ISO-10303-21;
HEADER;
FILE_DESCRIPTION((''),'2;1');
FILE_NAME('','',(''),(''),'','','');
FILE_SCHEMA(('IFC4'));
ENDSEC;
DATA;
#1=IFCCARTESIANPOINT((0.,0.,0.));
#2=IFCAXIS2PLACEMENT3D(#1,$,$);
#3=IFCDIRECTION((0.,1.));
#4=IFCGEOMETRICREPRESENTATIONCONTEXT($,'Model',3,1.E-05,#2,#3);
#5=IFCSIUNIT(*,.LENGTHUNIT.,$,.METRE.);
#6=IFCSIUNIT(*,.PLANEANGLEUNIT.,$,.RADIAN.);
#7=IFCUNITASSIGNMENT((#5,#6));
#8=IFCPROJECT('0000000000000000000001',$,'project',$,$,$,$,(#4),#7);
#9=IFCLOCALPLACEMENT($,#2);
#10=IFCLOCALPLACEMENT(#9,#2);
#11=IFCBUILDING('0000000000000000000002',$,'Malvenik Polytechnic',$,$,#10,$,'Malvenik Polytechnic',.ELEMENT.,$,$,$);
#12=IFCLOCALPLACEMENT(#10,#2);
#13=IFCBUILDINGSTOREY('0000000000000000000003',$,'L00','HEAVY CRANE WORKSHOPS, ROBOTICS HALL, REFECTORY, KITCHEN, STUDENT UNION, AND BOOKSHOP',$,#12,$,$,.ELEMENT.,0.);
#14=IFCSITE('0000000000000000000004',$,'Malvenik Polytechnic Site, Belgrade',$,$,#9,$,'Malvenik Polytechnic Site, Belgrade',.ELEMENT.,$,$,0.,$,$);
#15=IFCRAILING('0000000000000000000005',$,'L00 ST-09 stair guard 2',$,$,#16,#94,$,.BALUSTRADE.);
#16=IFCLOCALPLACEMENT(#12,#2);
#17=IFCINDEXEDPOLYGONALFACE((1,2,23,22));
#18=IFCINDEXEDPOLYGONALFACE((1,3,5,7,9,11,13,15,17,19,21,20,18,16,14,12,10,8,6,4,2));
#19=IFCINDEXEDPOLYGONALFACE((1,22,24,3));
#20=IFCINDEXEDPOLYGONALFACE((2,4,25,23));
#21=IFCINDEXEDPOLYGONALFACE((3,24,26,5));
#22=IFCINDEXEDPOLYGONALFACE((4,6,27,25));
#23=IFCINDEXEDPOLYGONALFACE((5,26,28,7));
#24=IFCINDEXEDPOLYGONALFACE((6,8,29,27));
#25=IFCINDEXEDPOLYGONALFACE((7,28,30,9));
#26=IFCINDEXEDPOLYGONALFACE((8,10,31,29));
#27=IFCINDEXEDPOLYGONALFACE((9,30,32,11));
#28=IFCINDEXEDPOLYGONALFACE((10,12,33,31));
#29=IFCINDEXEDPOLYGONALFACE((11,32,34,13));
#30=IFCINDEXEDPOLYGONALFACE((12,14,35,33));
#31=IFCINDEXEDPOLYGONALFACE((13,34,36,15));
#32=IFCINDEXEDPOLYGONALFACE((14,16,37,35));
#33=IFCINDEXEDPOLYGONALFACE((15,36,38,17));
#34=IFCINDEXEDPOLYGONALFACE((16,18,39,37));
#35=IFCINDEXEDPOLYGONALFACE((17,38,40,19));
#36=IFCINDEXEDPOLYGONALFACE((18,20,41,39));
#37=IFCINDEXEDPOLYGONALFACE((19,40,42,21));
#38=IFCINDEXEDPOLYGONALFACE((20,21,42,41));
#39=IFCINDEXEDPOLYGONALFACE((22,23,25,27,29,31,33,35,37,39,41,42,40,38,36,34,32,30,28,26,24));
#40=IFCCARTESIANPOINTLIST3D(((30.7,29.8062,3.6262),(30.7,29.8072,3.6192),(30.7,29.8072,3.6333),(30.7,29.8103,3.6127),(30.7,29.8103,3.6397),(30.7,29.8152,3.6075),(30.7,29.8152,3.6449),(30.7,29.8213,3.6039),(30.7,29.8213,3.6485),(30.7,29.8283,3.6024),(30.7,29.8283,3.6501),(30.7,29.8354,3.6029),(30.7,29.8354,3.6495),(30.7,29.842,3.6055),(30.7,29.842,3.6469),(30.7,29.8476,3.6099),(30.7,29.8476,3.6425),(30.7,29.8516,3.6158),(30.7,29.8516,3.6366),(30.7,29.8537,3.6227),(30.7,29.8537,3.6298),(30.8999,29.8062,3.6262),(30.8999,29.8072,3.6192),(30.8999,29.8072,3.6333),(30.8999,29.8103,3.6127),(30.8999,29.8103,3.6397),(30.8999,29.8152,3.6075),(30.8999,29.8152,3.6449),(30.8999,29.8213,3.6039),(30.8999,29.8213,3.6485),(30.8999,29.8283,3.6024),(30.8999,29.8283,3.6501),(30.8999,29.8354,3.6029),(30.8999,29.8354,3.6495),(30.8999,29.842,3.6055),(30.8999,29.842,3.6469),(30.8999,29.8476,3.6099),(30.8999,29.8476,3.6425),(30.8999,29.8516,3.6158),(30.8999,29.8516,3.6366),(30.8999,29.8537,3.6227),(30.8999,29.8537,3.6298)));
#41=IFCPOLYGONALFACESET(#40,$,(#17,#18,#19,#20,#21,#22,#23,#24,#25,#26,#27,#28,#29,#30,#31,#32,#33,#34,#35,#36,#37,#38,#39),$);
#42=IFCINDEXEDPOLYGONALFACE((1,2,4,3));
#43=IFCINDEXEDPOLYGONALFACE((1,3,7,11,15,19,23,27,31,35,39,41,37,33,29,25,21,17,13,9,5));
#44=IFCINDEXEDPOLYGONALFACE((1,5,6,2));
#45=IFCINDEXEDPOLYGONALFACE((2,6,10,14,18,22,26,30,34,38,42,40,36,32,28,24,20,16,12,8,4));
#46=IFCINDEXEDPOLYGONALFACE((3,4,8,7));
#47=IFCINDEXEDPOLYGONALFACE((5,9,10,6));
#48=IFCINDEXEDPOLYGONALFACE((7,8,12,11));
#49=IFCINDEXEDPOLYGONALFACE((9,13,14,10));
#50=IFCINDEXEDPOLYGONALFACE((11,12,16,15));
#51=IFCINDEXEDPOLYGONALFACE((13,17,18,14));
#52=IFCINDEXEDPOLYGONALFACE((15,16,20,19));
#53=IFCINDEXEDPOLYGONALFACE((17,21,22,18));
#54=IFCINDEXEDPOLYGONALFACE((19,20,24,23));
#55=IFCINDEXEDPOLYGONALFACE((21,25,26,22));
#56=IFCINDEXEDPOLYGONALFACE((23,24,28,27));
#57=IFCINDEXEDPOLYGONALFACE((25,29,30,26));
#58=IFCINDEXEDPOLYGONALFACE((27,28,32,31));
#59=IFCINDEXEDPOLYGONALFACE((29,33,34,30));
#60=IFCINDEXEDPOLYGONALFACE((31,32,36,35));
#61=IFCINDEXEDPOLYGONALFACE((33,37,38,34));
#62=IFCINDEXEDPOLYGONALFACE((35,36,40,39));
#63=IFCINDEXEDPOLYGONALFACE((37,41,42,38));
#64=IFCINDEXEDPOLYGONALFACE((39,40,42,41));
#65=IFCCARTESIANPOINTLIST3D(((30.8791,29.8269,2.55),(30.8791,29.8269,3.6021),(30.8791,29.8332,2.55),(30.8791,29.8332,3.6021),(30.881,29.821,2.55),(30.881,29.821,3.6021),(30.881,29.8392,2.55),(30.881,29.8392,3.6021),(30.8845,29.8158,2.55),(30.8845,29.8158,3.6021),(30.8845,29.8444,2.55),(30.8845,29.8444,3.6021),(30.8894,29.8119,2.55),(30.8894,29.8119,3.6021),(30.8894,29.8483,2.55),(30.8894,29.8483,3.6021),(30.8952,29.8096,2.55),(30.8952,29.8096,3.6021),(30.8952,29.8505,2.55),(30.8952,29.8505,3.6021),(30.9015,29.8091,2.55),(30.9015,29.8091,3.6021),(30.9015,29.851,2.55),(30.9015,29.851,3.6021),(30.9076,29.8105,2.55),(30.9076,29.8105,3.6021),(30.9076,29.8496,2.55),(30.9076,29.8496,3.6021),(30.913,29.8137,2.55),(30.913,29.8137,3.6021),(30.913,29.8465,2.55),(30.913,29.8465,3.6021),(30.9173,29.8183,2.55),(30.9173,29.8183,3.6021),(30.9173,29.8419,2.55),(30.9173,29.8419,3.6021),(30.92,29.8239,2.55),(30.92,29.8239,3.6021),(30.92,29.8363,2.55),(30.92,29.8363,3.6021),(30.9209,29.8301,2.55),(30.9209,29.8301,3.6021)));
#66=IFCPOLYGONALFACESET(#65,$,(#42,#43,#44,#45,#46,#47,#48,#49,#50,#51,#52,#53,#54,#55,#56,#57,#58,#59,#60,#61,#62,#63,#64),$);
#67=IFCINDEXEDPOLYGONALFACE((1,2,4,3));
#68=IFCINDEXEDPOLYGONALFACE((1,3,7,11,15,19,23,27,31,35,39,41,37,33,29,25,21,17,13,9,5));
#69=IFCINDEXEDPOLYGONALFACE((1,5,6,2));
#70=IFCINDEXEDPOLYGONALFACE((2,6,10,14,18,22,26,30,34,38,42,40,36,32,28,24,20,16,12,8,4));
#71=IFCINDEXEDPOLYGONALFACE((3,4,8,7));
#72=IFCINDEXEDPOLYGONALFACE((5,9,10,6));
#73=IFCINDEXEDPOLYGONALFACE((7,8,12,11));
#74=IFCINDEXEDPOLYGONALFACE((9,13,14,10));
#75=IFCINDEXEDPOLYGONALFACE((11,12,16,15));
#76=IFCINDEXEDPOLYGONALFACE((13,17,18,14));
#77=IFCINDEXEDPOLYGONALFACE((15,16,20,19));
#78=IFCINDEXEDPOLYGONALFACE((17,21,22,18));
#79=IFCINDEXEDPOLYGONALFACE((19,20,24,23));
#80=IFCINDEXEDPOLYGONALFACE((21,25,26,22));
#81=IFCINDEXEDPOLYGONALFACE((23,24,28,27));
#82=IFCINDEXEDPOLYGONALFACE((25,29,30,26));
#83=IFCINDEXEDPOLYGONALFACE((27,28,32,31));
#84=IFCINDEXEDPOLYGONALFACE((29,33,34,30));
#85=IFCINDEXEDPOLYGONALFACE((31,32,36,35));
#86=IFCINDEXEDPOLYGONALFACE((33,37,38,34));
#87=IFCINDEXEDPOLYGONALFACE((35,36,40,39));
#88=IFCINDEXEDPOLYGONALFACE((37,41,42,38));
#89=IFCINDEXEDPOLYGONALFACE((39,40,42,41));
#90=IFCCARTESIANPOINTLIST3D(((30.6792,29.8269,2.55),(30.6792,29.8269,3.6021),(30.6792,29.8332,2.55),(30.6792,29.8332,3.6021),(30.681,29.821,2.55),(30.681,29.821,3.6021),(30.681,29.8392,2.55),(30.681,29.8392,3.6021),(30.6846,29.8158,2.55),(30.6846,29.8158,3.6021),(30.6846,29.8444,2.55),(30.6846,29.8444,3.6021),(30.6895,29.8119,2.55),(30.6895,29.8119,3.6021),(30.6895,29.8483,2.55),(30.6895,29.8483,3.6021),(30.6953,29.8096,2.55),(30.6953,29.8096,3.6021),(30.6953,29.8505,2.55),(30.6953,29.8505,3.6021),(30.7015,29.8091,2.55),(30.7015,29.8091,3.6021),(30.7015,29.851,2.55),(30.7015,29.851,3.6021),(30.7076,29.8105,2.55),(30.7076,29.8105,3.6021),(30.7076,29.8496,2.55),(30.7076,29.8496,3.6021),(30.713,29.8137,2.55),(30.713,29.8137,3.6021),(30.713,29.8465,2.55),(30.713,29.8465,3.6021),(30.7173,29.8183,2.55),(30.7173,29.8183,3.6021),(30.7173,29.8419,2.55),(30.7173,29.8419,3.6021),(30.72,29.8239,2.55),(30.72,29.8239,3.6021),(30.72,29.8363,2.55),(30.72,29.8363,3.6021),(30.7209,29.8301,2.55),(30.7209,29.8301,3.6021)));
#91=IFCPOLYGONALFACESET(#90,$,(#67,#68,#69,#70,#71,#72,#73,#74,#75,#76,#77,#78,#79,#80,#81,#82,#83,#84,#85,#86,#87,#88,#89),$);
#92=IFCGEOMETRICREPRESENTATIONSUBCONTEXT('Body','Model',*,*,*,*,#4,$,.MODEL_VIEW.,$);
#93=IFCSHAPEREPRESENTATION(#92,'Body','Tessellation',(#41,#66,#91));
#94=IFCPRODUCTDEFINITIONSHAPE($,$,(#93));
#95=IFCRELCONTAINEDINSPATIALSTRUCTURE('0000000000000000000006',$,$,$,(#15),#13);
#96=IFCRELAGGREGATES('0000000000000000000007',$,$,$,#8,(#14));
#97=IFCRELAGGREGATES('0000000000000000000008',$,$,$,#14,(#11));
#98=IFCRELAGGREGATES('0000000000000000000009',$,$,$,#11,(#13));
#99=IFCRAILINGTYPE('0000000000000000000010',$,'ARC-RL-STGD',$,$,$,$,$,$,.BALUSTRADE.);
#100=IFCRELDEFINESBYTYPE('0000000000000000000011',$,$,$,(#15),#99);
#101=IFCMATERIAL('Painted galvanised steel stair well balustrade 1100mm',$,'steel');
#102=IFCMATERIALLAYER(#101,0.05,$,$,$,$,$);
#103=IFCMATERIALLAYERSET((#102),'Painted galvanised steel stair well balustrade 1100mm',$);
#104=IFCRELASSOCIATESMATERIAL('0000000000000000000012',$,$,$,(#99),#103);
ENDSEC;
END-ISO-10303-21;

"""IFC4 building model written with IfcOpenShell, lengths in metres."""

from ifc_helpers import new_model, si_unit, direction, frame, origin, origin_2d, place, context, subcontext, project, spatial, circle, extrude, material, layer, layer_set, type_object, element, save


model = new_model("IFC4")

# Units and contexts
model_context = context("Model", 3, precision=1e-05, world=origin(), true_north=direction((0.0, 1.0)))
body_context = subcontext(model_context, "Body", "Model", "MODEL_VIEW")
ifc_project = project(units=[si_unit("LENGTHUNIT", "METRE"), si_unit("PLANEANGLEUNIT", "RADIAN")], contexts=[model_context])

# Site, building, storey
site_placement = place(None, origin())
site = spatial("IfcSite", under=ifc_project, at=site_placement, Name="Malvenik Polytechnic Site, Belgrade", LongName="Malvenik Polytechnic Site, Belgrade", CompositionType="ELEMENT", RefElevation=0.0)
building_placement = place(site_placement, origin())
building = spatial("IfcBuilding", under=site, at=building_placement, Name="Malvenik Polytechnic", LongName="Malvenik Polytechnic", CompositionType="ELEMENT")
storey_placement = place(building_placement, origin())
storey = spatial("IfcBuildingStorey", under=building, at=storey_placement, Name="L00", Description="HEAVY CRANE WORKSHOPS, ROBOTICS HALL, REFECTORY, KITCHEN, STUDENT UNION, AND BOOKSHOP", CompositionType="ELEMENT", Elevation=0.0)

# Railing
ifc_material_1 = material(Name="Painted galvanised steel stair well balustrade 1100mm", Category="steel")
ifc_layer_1 = layer(ifc_material_1, 0.05)
ifc_layer_set_1 = layer_set([ifc_layer_1], Name="Painted galvanised steel stair well balustrade 1100mm")
railing_type_1 = type_object("IfcRailingType", Name="ARC-RL-STGD", PredefinedType="BALUSTRADE", material=ifc_layer_set_1)
railing_1_placement = place(storey_placement, frame((30.8999, 29.8301, 2.55)))
element("IfcRailing", 1, at=railing_1_placement, inside=storey, type_object=railing_type_1, Name="L00 ST-09 stair guard 2", PredefinedType="BALUSTRADE", context=body_context, shape_type="SweptSolid", body=[
    extrude(circle(Radius=0.0239, at=origin_2d()), frame((0.0, 0.0, 1.0762), z_axis=(-1.0, 0.0, 0.0), x_axis=(0.0, -1.0, 0.0)), (0.0, 0.0, 1.0), 0.2),
    extrude(circle(Radius=0.021, at=origin_2d()), origin(), (0.0, 0.0, 1.0), 1.052),
    extrude(circle(Radius=0.021, at=origin_2d()), frame((-0.2, 0.0, 0.0)), (0.0, 0.0, 1.0), 1.052),
])

save(model, "model.ifc")
